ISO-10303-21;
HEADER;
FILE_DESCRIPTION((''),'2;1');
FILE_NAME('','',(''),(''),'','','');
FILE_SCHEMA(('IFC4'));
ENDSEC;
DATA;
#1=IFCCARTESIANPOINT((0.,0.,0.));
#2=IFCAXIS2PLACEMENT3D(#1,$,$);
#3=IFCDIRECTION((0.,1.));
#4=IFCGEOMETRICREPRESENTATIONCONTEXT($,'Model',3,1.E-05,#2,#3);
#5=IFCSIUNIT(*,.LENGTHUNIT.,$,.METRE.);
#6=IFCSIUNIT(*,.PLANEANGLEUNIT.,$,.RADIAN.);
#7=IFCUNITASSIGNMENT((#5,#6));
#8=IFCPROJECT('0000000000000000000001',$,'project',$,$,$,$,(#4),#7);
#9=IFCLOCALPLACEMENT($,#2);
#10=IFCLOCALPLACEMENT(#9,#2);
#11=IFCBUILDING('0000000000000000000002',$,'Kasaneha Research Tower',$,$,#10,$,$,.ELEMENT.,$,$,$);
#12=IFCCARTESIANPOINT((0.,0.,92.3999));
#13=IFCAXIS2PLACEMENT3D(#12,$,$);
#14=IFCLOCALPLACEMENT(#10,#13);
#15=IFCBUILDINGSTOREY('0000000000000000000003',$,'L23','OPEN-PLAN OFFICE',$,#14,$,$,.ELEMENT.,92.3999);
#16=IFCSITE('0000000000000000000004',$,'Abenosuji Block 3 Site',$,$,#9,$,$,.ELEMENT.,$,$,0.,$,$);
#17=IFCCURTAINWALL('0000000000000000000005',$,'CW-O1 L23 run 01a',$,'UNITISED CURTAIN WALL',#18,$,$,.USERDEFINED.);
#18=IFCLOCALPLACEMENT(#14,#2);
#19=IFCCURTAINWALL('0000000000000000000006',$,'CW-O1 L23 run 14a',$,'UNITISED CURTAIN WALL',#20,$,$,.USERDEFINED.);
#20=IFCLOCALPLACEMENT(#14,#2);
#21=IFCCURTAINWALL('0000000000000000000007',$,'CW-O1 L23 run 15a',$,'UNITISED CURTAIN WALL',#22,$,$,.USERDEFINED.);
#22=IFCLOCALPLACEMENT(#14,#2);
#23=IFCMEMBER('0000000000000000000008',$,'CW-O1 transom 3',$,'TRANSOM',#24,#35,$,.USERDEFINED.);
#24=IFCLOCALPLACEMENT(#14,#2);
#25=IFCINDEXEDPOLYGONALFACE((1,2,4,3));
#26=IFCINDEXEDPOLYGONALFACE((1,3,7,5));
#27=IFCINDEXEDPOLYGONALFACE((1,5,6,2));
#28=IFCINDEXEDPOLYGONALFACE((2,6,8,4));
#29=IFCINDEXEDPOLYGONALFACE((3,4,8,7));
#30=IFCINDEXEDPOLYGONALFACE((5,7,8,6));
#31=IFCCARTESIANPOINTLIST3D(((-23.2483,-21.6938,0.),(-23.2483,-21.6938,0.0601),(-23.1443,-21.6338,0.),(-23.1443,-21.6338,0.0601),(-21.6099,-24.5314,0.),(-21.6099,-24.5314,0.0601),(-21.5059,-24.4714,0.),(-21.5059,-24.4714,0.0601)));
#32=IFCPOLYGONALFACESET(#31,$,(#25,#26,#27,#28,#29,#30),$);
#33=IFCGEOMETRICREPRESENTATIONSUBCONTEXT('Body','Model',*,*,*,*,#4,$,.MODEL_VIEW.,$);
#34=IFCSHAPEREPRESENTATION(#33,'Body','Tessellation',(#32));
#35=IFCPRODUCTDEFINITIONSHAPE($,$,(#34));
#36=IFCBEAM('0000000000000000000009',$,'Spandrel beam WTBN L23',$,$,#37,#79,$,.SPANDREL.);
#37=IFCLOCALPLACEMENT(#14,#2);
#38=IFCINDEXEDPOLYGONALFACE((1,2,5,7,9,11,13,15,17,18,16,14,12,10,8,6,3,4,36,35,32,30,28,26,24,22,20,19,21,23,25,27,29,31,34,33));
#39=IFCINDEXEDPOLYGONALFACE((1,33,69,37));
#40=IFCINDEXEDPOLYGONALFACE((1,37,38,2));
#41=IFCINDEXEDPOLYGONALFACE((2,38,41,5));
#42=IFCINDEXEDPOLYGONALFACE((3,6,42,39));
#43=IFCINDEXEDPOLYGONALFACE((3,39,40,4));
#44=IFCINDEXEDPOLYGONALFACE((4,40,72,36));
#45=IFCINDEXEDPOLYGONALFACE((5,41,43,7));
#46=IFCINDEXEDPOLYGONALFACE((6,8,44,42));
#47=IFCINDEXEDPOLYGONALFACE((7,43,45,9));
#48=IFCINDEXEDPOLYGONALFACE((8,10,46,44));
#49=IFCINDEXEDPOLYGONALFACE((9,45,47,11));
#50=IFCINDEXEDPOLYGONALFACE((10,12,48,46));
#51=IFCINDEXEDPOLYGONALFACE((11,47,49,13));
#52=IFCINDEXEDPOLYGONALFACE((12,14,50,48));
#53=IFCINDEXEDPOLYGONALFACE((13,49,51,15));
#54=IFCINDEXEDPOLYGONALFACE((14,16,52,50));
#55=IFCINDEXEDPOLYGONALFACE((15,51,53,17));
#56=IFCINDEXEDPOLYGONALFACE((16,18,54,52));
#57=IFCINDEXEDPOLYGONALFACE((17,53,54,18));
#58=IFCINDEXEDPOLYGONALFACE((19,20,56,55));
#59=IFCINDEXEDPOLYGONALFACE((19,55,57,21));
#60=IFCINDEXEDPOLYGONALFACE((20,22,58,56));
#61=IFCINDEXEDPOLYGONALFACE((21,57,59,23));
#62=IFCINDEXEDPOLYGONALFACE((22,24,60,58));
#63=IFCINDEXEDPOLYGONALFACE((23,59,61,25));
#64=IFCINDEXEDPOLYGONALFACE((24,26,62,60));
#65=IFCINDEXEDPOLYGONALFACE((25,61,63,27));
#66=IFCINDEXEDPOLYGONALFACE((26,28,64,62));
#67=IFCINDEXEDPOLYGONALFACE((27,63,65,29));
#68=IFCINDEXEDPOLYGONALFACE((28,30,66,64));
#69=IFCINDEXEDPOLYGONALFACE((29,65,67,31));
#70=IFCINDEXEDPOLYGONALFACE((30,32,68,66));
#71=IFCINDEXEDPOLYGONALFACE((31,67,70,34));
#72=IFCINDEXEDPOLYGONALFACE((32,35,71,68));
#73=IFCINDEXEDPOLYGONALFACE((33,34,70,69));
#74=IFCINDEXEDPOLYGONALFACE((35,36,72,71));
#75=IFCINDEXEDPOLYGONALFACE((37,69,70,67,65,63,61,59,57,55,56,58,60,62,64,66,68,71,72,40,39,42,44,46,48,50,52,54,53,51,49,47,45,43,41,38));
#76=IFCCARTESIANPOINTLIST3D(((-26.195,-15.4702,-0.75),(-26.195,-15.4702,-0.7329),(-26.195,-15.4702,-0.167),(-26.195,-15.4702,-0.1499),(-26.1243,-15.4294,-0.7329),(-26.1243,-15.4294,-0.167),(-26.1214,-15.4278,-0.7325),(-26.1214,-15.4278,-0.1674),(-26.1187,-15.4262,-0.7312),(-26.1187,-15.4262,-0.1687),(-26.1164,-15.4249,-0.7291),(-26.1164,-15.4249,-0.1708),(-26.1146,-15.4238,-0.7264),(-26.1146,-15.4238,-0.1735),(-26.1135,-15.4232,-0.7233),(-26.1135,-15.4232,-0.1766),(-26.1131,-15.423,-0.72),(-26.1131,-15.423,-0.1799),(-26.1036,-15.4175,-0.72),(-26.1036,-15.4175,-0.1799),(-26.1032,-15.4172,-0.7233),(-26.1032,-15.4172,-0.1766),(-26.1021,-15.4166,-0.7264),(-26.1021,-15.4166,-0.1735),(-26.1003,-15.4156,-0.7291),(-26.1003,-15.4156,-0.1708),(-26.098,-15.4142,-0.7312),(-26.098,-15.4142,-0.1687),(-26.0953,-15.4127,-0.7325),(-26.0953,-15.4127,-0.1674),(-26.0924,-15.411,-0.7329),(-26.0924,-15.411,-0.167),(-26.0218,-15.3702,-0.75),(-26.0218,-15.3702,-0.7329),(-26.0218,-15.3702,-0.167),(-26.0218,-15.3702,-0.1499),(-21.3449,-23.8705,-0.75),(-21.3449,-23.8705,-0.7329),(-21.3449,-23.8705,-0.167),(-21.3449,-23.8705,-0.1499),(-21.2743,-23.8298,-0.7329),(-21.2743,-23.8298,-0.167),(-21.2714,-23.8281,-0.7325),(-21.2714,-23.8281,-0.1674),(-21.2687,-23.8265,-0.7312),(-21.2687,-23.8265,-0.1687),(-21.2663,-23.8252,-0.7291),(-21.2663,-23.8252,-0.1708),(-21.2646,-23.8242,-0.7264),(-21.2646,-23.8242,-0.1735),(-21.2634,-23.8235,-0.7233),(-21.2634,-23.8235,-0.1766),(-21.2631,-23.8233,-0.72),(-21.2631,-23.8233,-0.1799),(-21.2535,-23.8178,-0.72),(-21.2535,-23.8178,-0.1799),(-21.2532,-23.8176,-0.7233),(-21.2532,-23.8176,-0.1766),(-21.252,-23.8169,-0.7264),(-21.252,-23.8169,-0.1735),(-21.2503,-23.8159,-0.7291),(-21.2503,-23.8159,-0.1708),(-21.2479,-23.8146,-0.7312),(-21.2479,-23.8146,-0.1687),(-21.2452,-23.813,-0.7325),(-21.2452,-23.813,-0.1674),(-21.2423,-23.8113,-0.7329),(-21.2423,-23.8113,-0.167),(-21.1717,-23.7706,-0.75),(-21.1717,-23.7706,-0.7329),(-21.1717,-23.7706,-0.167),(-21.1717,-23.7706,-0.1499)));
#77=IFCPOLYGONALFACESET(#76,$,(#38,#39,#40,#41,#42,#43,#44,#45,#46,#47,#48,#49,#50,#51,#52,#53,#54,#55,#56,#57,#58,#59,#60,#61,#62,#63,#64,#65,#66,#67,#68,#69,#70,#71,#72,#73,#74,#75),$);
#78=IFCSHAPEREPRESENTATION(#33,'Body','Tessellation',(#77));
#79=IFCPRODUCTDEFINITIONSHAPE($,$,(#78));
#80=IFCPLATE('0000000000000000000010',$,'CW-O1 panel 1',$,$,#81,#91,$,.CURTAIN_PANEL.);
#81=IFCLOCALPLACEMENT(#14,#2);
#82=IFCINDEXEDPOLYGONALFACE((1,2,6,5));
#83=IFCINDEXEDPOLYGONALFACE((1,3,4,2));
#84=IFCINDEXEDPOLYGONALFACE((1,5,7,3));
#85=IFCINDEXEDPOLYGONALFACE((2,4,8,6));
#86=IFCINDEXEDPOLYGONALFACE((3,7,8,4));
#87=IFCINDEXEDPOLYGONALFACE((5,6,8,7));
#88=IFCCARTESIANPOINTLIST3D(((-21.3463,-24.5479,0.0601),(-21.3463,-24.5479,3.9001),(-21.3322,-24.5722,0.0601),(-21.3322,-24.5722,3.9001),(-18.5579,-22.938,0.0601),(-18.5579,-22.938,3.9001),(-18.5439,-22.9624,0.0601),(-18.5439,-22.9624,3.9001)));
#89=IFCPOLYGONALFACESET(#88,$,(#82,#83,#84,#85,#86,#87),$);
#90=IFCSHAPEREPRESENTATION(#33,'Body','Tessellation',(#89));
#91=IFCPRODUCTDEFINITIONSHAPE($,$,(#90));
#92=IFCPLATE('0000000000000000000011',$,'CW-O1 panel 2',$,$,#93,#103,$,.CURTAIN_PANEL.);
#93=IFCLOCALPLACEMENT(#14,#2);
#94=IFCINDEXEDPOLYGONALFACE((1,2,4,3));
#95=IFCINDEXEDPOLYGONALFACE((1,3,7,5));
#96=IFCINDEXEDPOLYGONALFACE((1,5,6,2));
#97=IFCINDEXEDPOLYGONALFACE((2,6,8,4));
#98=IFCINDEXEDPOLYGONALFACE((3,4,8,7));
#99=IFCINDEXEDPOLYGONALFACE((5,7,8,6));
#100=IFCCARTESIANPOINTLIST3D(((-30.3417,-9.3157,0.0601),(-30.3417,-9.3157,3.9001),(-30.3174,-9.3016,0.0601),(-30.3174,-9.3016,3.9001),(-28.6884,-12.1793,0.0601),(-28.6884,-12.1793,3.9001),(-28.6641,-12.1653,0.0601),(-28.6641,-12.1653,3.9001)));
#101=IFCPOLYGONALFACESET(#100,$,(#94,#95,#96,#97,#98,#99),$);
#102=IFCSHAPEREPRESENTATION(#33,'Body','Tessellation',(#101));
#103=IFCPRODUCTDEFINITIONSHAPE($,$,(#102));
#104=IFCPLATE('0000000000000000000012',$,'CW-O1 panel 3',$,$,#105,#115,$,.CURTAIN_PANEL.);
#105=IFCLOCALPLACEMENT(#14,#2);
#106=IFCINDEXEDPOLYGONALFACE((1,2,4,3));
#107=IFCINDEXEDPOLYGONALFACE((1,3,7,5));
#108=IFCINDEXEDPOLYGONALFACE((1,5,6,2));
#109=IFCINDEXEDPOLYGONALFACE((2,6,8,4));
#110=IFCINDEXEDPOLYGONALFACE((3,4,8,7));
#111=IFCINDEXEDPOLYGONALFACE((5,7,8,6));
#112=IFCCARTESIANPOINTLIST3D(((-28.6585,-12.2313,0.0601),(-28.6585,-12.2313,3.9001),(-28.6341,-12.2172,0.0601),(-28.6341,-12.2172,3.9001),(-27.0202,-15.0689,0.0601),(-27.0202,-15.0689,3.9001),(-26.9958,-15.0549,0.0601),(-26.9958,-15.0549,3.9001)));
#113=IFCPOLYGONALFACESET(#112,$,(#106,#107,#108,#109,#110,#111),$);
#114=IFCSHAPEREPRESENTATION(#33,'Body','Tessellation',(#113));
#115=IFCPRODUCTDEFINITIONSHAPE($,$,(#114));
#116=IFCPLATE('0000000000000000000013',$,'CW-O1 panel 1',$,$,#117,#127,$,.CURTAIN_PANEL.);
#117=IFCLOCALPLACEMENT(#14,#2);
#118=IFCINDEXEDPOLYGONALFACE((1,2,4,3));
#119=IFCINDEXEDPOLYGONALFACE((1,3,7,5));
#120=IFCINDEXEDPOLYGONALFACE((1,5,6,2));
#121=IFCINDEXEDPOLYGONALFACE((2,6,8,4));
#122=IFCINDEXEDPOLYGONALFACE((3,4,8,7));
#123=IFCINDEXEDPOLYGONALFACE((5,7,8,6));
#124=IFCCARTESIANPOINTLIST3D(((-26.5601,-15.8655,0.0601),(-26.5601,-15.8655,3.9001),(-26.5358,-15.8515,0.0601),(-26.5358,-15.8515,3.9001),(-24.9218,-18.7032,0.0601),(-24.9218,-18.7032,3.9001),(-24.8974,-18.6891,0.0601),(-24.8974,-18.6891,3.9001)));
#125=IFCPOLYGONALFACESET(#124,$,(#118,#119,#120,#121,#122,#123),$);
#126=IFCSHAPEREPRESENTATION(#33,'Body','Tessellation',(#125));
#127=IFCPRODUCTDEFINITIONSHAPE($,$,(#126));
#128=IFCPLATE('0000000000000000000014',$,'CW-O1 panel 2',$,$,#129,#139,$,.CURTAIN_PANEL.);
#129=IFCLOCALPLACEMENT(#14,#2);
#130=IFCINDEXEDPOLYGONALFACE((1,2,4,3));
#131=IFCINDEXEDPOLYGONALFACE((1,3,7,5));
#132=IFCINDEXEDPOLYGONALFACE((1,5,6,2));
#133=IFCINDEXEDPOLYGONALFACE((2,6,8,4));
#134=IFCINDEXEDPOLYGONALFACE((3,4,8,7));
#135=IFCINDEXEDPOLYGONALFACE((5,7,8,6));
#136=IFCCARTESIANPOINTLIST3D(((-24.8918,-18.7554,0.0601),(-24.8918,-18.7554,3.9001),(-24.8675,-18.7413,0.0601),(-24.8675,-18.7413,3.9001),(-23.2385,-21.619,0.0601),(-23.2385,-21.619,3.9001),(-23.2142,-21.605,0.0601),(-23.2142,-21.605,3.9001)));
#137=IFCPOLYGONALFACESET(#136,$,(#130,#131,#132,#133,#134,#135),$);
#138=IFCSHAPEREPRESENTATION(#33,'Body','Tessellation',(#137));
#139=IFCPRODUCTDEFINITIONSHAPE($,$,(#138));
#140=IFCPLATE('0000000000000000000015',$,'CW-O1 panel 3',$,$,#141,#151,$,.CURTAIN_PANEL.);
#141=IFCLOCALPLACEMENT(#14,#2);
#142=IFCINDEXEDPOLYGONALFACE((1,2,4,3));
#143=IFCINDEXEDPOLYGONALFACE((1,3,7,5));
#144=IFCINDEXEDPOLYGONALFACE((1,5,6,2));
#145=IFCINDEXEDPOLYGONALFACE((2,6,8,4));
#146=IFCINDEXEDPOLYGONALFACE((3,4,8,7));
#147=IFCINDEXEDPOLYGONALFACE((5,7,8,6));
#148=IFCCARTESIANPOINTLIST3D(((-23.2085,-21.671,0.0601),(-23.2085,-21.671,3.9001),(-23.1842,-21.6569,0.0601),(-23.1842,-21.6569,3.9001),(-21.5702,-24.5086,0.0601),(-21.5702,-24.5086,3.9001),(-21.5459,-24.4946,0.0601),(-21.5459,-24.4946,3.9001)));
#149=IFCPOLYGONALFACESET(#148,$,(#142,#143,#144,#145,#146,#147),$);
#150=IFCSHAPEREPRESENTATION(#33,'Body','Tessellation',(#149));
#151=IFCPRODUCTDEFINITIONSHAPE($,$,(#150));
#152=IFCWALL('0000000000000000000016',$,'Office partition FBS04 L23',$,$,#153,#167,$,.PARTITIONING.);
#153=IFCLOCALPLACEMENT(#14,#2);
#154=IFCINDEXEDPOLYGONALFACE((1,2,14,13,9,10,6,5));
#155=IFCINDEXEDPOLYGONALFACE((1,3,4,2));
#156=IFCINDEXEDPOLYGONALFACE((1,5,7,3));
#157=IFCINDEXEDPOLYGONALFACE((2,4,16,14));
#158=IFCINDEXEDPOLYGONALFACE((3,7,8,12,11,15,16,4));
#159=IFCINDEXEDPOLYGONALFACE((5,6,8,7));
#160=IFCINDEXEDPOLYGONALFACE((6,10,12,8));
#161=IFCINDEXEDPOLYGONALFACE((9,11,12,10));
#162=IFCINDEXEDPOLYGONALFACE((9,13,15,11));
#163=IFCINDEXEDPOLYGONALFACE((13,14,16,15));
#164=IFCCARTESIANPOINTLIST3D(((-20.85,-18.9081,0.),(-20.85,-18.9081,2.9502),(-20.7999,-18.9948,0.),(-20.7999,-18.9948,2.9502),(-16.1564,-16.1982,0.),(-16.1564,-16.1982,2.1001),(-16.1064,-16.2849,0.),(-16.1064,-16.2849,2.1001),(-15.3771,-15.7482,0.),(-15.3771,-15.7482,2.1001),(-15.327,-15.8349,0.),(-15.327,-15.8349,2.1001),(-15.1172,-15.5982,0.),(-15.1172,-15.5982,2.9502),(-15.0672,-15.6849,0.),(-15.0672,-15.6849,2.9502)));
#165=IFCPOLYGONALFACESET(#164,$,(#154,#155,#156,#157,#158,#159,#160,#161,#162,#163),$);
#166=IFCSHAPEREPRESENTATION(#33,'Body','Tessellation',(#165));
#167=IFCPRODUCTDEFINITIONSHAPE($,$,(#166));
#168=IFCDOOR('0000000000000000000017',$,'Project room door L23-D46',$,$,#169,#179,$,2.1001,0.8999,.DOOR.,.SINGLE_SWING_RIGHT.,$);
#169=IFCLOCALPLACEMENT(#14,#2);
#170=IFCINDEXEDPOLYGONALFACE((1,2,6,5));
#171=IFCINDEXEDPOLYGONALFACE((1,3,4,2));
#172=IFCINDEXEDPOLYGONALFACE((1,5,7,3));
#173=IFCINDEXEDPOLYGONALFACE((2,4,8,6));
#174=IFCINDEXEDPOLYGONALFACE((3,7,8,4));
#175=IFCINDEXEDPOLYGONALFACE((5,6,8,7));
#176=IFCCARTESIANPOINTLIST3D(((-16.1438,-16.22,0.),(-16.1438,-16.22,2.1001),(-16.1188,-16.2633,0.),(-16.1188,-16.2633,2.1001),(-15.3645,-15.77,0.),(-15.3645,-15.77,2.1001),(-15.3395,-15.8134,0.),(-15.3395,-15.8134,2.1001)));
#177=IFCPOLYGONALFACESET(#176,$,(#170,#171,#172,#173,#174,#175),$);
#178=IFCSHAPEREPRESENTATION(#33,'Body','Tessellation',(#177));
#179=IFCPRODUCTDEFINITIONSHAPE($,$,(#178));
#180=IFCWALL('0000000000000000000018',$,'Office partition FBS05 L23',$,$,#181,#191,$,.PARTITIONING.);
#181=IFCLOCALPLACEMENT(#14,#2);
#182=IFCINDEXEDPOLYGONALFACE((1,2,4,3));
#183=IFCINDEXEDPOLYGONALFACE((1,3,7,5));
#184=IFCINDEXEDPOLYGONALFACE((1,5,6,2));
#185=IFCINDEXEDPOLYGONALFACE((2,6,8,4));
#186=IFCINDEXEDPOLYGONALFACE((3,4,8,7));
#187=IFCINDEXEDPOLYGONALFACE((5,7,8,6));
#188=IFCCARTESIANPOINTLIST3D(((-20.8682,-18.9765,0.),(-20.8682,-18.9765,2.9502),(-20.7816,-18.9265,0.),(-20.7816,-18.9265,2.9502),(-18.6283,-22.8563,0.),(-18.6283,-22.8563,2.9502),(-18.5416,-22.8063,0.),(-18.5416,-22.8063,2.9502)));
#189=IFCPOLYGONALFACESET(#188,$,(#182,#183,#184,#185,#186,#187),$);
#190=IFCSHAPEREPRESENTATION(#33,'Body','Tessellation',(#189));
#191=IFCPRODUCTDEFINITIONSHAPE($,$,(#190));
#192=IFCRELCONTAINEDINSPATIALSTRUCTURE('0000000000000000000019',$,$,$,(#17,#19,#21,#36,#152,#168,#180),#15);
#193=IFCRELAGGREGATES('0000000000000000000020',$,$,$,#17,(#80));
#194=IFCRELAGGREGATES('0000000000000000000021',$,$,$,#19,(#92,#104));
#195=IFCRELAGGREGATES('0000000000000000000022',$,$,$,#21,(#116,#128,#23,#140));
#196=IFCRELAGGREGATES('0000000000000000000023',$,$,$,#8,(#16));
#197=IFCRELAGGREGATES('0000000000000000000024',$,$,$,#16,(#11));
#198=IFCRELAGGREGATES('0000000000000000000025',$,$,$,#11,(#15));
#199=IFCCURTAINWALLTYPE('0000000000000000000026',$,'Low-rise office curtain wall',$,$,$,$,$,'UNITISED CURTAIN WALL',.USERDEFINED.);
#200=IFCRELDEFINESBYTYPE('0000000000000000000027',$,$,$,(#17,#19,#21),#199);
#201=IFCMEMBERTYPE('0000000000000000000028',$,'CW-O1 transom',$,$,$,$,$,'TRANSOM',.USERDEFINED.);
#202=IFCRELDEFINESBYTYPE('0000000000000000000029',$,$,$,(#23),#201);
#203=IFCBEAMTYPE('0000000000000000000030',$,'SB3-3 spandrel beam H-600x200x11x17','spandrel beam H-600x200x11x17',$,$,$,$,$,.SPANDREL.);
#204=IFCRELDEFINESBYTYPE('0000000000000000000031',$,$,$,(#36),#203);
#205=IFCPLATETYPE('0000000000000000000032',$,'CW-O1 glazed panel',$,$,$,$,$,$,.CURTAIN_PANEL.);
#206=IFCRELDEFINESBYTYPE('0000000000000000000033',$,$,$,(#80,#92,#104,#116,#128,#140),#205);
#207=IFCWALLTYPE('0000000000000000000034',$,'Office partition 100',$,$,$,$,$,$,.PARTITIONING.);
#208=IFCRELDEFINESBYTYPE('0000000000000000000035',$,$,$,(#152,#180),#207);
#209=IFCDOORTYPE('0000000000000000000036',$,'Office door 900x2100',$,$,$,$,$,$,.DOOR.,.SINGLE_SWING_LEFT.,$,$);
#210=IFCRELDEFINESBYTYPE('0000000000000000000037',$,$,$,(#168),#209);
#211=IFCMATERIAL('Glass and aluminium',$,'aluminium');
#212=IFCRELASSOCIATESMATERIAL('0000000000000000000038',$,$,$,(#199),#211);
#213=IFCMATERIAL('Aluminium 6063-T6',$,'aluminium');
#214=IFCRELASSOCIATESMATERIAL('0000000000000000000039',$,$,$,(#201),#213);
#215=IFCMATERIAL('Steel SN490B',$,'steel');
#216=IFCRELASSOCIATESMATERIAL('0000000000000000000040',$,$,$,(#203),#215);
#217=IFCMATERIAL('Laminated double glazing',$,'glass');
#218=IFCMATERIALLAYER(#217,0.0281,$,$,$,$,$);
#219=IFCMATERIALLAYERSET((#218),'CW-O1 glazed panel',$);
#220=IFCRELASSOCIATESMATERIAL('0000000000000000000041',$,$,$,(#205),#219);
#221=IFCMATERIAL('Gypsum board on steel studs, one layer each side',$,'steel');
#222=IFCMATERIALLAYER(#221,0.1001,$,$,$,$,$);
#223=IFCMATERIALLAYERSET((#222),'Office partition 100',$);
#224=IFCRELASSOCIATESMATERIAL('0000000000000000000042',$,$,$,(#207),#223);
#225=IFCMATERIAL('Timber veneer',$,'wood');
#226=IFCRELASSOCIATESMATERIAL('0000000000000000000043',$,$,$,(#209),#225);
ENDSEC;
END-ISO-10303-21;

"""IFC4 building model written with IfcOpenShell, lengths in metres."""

from ifc_helpers import new_model, si_unit, direction, frame, frame_2d, origin, origin_2d, place, context, subcontext, project, spatial, rectangle, i_section, extrude, material, layer, layer_set, material_profile, profile_set, type_object, element, fill, aggregate, save


model = new_model("IFC4")

# Units and contexts
model_context = context("Model", 3, precision=1e-05, world=origin(), true_north=direction((0.0, 1.0)))
body_context = subcontext(model_context, "Body", "Model", "MODEL_VIEW")
ifc_project = project(units=[si_unit("LENGTHUNIT", "METRE"), si_unit("PLANEANGLEUNIT", "RADIAN")], contexts=[model_context])

# Site, building, storey
site_placement = place(None, origin())
site = spatial("IfcSite", under=ifc_project, at=site_placement, Name="Abenosuji Block 3 Site", CompositionType="ELEMENT", RefElevation=0.0)
building_placement = place(site_placement, origin())
building = spatial("IfcBuilding", under=site, at=building_placement, Name="Kasaneha Research Tower", CompositionType="ELEMENT")
storey_placement = place(building_placement, frame((0.0, 0.0, 92.3999)))
storey = spatial("IfcBuildingStorey", under=building, at=storey_placement, Name="L23", Description="OPEN-PLAN OFFICE", CompositionType="ELEMENT", Elevation=92.3999)

# Curtain walls
ifc_material_1 = material(Name="Glass and aluminium", Category="aluminium")
curtain_wall_type = type_object("IfcCurtainWallType", Name="Low-rise office curtain wall", ElementType="UNITISED CURTAIN WALL", PredefinedType="USERDEFINED", material=ifc_material_1)
curtain_wall_1_placement = place(storey_placement, origin())
curtain_wall_1 = element("IfcCurtainWall", 1, at=curtain_wall_1_placement, inside=storey, type_object=curtain_wall_type, Name="CW-O1 L23 run 01a", ObjectType="UNITISED CURTAIN WALL", PredefinedType="USERDEFINED")
curtain_wall_2_placement = place(storey_placement, origin())
curtain_wall_2 = element("IfcCurtainWall", 2, at=curtain_wall_2_placement, inside=storey, type_object=curtain_wall_type, Name="CW-O1 L23 run 14a", ObjectType="UNITISED CURTAIN WALL", PredefinedType="USERDEFINED")
curtain_wall_3_placement = place(storey_placement, origin())
curtain_wall_3 = element("IfcCurtainWall", 3, at=curtain_wall_3_placement, inside=storey, type_object=curtain_wall_type, Name="CW-O1 L23 run 15a", ObjectType="UNITISED CURTAIN WALL", PredefinedType="USERDEFINED")

# Member
ifc_material_2 = material(Name="Aluminium 6063-T6", Category="aluminium")
ifc_material_profile_1 = material_profile(ifc_material_2, rectangle(XDim=0.1201, YDim=0.0601, at=origin_2d()), Name="CW-O1 transom 120x60")
ifc_profile_set_1 = profile_set([ifc_material_profile_1], Name="Aluminium 6063-T6")
member_type_1 = type_object("IfcMemberType", Name="CW-O1 transom", ElementType="TRANSOM", PredefinedType="USERDEFINED", material=ifc_profile_set_1)
member_1_placement = place(storey_placement, frame((-23.1963, -21.6638, 0.03), z_axis=(0.500026, -0.866011, 0.0), x_axis=(0.866011, 0.500026, 0.0)))
member_1 = element("IfcMember", 4, at=member_1_placement, type_object=member_type_1, Name="CW-O1 transom 3", ObjectType="TRANSOM", PredefinedType="USERDEFINED", context=body_context, shape_type="SweptSolid", body=[
    extrude(rectangle(XDim=0.1201, YDim=0.0601, at=origin_2d()), origin(), (0.0, 0.0, 1.0), 3.2766),
])

# Beam
ifc_material_3 = material(Name="Steel SN490B", Category="steel")
ifc_material_profile_2 = material_profile(ifc_material_3, i_section(OverallWidth=0.2, OverallDepth=0.6001, WebThickness=0.011, FlangeThickness=0.0171, FilletRadius=0.0129, at=origin_2d()), Name="H-600x200x11x17")
ifc_profile_set_2 = profile_set([ifc_material_profile_2], Name="Steel SN490B")
beam_type = type_object("IfcBeamType", Name="SB3-3 spandrel beam H-600x200x11x17", Description="spandrel beam H-600x200x11x17", PredefinedType="SPANDREL", material=ifc_profile_set_2)
beam_placement = place(storey_placement, frame((-21.2583, -23.8206, -0.45), z_axis=(-0.50001, 0.86602, 0.0), x_axis=(-0.86602, -0.50001, 0.0)))
element("IfcBeam", 5, at=beam_placement, inside=storey, type_object=beam_type, Name="Spandrel beam WTBN L23", PredefinedType="SPANDREL", context=body_context, shape_type="SweptSolid", body=[
    extrude(i_section(OverallWidth=0.2, OverallDepth=0.6001, WebThickness=0.011, FlangeThickness=0.0171, FilletRadius=0.0129, at=origin_2d()), origin(), (0.0, 0.0, 1.0), 9.7),
])

# Plates
ifc_material_4 = material(Name="Laminated double glazing", Category="glass")
ifc_layer_1 = layer(ifc_material_4, 0.0281)
ifc_layer_set_1 = layer_set([ifc_layer_1], Name="CW-O1 glazed panel")
plate_type = type_object("IfcPlateType", Name="CW-O1 glazed panel", PredefinedType="CURTAIN_PANEL", material=ifc_layer_set_1)
plate_1_placement = place(storey_placement, frame((-19.9451, -23.7551, 0.0601), z_axis=(0.0, 0.0, 1.0), x_axis=(0.866025, 0.5, 0.0)))
plate_1 = element("IfcPlate", 6, at=plate_1_placement, type_object=plate_type, Name="CW-O1 panel 1", PredefinedType="CURTAIN_PANEL", context=body_context, shape_type="SweptSolid", body=[
    extrude(rectangle(XDim=3.2197, YDim=0.0281, at=origin_2d()), origin(), (0.0, 0.0, 1.0), 3.8401),
])
aggregate(curtain_wall_1, [plate_1])
plate_2_placement = place(storey_placement, frame((-29.5029, -10.7405, 0.0601), z_axis=(0.0, 0.0, 1.0), x_axis=(0.5, -0.866025, 0.0)))
plate_2 = element("IfcPlate", 7, at=plate_2_placement, type_object=plate_type, Name="CW-O1 panel 2", PredefinedType="CURTAIN_PANEL", context=body_context, shape_type="SweptSolid", body=[
    extrude(rectangle(XDim=3.3066, YDim=0.0281, at=origin_2d()), origin(), (0.0, 0.0, 1.0), 3.8401),
])
plate_3_placement = place(storey_placement, frame((-27.8271, -13.6431, 0.0601), z_axis=(0.0, 0.0, 1.0), x_axis=(0.5, -0.866025, 0.0)))
plate_3 = element("IfcPlate", 8, at=plate_3_placement, type_object=plate_type, Name="CW-O1 panel 3", PredefinedType="CURTAIN_PANEL", context=body_context, shape_type="SweptSolid", body=[
    extrude(rectangle(XDim=3.2766, YDim=0.0281, at=origin_2d()), origin(), (0.0, 0.0, 1.0), 3.8401),
])
aggregate(curtain_wall_2, [plate_2, plate_3])
plate_4_placement = place(storey_placement, frame((-25.7288, -17.2773, 0.0601), z_axis=(0.0, 0.0, 1.0), x_axis=(0.5, -0.866025, 0.0)))
plate_4 = element("IfcPlate", 9, at=plate_4_placement, type_object=plate_type, Name="CW-O1 panel 1", PredefinedType="CURTAIN_PANEL", context=body_context, shape_type="SweptSolid", body=[
    extrude(rectangle(XDim=3.2766, YDim=0.0281, at=origin_2d()), origin(), (0.0, 0.0, 1.0), 3.8401),
])
plate_5_placement = place(storey_placement, frame((-24.053, -20.1802, 0.0601), z_axis=(0.0, 0.0, 1.0), x_axis=(0.5, -0.866025, 0.0)))
plate_5 = element("IfcPlate", 10, at=plate_5_placement, type_object=plate_type, Name="CW-O1 panel 2", PredefinedType="CURTAIN_PANEL", context=body_context, shape_type="SweptSolid", body=[
    extrude(rectangle(XDim=3.3066, YDim=0.0281, at=origin_2d()), origin(), (0.0, 0.0, 1.0), 3.8401),
])
plate_6_placement = place(storey_placement, frame((-22.3772, -23.0828, 0.0601), z_axis=(0.0, 0.0, 1.0), x_axis=(0.5, -0.866025, 0.0)))
plate_6 = element("IfcPlate", 11, at=plate_6_placement, type_object=plate_type, Name="CW-O1 panel 3", PredefinedType="CURTAIN_PANEL", context=body_context, shape_type="SweptSolid", body=[
    extrude(rectangle(XDim=3.2766, YDim=0.0281, at=origin_2d()), origin(), (0.0, 0.0, 1.0), 3.8401),
])
aggregate(curtain_wall_3, [plate_4, plate_5, member_1, plate_6])

# Wall, opening, door
ifc_material_5 = material(Name="Gypsum board on steel studs, one layer each side", Category="steel")
ifc_layer_2 = layer(ifc_material_5, 0.1001)
ifc_layer_set_2 = layer_set([ifc_layer_2], Name="Office partition 100")
wall_type = type_object("IfcWallType", Name="Office partition 100", PredefinedType="PARTITIONING", material=ifc_layer_set_2)
wall_1_placement = place(storey_placement, frame((-20.825, -18.9514, 0.0), z_axis=(0.0, 0.0, 1.0), x_axis=(0.866022, 0.500007, 0.0)))
wall_1 = element("IfcWall", 12, at=wall_1_placement, inside=storey, type_object=wall_type, Name="Office partition FBS04 L23", PredefinedType="PARTITIONING", context=body_context, shape_type="SweptSolid", body=[
    extrude(rectangle(XDim=6.6196, YDim=0.1001, at=frame_2d((3.3098, 0.0))), origin(), (0.0, 0.0, 1.0), 2.9502),
])
opening_1_placement = place(wall_1_placement, frame((5.4197, 0.0, 0.0)))
opening_1 = element("IfcOpeningElement", 13, at=opening_1_placement, cuts=wall_1, PredefinedType="OPENING", context=body_context, shape_type="SweptSolid", body=[
    extrude(rectangle(XDim=0.8999, YDim=2.1001, at=frame_2d((0.45, 1.05))), frame((0.0, 0.0601, 0.0), z_axis=(0.0, -1.0, 0.0), x_axis=(1.0, 0.0, 0.0)), (0.0, 0.0, 1.0), 0.1201),
])
ifc_material_6 = material(Name="Timber veneer", Category="wood")
door_type = type_object("IfcDoorType", Name="Office door 900x2100", OperationType="SINGLE_SWING_LEFT", PredefinedType="DOOR", material=ifc_material_6)
door_1_placement = place(opening_1_placement, origin())
door_1 = element("IfcDoor", 14, at=door_1_placement, inside=storey, type_object=door_type, Name="Project room door L23-D46", OperationType="SINGLE_SWING_RIGHT", OverallHeight=2.1001, OverallWidth=0.8999, PredefinedType="DOOR", context=body_context, shape_type="SweptSolid", body=[
    extrude(rectangle(XDim=0.8999, YDim=2.1001, at=frame_2d((0.45, 1.05))), frame((0.0, 0.0249, 0.0), z_axis=(0.0, -1.0, 0.0), x_axis=(1.0, 0.0, 0.0)), (0.0, 0.0, 1.0), 0.05),
])
fill(opening_1, door_1)

# Wall
wall_2_placement = place(storey_placement, frame((-18.585, -22.8313, 0.0), z_axis=(0.0, 0.0, 1.0), x_axis=(-0.49999, 0.866031, 0.0)))
element("IfcWall", 15, at=wall_2_placement, inside=storey, type_object=wall_type, Name="Office partition FBS05 L23", PredefinedType="PARTITIONING", context=body_context, shape_type="SweptSolid", body=[
    extrude(rectangle(XDim=4.48, YDim=0.1001, at=frame_2d((2.24, 0.0))), origin(), (0.0, 0.0, 1.0), 2.9502),
])

save(model, "model.ifc")
